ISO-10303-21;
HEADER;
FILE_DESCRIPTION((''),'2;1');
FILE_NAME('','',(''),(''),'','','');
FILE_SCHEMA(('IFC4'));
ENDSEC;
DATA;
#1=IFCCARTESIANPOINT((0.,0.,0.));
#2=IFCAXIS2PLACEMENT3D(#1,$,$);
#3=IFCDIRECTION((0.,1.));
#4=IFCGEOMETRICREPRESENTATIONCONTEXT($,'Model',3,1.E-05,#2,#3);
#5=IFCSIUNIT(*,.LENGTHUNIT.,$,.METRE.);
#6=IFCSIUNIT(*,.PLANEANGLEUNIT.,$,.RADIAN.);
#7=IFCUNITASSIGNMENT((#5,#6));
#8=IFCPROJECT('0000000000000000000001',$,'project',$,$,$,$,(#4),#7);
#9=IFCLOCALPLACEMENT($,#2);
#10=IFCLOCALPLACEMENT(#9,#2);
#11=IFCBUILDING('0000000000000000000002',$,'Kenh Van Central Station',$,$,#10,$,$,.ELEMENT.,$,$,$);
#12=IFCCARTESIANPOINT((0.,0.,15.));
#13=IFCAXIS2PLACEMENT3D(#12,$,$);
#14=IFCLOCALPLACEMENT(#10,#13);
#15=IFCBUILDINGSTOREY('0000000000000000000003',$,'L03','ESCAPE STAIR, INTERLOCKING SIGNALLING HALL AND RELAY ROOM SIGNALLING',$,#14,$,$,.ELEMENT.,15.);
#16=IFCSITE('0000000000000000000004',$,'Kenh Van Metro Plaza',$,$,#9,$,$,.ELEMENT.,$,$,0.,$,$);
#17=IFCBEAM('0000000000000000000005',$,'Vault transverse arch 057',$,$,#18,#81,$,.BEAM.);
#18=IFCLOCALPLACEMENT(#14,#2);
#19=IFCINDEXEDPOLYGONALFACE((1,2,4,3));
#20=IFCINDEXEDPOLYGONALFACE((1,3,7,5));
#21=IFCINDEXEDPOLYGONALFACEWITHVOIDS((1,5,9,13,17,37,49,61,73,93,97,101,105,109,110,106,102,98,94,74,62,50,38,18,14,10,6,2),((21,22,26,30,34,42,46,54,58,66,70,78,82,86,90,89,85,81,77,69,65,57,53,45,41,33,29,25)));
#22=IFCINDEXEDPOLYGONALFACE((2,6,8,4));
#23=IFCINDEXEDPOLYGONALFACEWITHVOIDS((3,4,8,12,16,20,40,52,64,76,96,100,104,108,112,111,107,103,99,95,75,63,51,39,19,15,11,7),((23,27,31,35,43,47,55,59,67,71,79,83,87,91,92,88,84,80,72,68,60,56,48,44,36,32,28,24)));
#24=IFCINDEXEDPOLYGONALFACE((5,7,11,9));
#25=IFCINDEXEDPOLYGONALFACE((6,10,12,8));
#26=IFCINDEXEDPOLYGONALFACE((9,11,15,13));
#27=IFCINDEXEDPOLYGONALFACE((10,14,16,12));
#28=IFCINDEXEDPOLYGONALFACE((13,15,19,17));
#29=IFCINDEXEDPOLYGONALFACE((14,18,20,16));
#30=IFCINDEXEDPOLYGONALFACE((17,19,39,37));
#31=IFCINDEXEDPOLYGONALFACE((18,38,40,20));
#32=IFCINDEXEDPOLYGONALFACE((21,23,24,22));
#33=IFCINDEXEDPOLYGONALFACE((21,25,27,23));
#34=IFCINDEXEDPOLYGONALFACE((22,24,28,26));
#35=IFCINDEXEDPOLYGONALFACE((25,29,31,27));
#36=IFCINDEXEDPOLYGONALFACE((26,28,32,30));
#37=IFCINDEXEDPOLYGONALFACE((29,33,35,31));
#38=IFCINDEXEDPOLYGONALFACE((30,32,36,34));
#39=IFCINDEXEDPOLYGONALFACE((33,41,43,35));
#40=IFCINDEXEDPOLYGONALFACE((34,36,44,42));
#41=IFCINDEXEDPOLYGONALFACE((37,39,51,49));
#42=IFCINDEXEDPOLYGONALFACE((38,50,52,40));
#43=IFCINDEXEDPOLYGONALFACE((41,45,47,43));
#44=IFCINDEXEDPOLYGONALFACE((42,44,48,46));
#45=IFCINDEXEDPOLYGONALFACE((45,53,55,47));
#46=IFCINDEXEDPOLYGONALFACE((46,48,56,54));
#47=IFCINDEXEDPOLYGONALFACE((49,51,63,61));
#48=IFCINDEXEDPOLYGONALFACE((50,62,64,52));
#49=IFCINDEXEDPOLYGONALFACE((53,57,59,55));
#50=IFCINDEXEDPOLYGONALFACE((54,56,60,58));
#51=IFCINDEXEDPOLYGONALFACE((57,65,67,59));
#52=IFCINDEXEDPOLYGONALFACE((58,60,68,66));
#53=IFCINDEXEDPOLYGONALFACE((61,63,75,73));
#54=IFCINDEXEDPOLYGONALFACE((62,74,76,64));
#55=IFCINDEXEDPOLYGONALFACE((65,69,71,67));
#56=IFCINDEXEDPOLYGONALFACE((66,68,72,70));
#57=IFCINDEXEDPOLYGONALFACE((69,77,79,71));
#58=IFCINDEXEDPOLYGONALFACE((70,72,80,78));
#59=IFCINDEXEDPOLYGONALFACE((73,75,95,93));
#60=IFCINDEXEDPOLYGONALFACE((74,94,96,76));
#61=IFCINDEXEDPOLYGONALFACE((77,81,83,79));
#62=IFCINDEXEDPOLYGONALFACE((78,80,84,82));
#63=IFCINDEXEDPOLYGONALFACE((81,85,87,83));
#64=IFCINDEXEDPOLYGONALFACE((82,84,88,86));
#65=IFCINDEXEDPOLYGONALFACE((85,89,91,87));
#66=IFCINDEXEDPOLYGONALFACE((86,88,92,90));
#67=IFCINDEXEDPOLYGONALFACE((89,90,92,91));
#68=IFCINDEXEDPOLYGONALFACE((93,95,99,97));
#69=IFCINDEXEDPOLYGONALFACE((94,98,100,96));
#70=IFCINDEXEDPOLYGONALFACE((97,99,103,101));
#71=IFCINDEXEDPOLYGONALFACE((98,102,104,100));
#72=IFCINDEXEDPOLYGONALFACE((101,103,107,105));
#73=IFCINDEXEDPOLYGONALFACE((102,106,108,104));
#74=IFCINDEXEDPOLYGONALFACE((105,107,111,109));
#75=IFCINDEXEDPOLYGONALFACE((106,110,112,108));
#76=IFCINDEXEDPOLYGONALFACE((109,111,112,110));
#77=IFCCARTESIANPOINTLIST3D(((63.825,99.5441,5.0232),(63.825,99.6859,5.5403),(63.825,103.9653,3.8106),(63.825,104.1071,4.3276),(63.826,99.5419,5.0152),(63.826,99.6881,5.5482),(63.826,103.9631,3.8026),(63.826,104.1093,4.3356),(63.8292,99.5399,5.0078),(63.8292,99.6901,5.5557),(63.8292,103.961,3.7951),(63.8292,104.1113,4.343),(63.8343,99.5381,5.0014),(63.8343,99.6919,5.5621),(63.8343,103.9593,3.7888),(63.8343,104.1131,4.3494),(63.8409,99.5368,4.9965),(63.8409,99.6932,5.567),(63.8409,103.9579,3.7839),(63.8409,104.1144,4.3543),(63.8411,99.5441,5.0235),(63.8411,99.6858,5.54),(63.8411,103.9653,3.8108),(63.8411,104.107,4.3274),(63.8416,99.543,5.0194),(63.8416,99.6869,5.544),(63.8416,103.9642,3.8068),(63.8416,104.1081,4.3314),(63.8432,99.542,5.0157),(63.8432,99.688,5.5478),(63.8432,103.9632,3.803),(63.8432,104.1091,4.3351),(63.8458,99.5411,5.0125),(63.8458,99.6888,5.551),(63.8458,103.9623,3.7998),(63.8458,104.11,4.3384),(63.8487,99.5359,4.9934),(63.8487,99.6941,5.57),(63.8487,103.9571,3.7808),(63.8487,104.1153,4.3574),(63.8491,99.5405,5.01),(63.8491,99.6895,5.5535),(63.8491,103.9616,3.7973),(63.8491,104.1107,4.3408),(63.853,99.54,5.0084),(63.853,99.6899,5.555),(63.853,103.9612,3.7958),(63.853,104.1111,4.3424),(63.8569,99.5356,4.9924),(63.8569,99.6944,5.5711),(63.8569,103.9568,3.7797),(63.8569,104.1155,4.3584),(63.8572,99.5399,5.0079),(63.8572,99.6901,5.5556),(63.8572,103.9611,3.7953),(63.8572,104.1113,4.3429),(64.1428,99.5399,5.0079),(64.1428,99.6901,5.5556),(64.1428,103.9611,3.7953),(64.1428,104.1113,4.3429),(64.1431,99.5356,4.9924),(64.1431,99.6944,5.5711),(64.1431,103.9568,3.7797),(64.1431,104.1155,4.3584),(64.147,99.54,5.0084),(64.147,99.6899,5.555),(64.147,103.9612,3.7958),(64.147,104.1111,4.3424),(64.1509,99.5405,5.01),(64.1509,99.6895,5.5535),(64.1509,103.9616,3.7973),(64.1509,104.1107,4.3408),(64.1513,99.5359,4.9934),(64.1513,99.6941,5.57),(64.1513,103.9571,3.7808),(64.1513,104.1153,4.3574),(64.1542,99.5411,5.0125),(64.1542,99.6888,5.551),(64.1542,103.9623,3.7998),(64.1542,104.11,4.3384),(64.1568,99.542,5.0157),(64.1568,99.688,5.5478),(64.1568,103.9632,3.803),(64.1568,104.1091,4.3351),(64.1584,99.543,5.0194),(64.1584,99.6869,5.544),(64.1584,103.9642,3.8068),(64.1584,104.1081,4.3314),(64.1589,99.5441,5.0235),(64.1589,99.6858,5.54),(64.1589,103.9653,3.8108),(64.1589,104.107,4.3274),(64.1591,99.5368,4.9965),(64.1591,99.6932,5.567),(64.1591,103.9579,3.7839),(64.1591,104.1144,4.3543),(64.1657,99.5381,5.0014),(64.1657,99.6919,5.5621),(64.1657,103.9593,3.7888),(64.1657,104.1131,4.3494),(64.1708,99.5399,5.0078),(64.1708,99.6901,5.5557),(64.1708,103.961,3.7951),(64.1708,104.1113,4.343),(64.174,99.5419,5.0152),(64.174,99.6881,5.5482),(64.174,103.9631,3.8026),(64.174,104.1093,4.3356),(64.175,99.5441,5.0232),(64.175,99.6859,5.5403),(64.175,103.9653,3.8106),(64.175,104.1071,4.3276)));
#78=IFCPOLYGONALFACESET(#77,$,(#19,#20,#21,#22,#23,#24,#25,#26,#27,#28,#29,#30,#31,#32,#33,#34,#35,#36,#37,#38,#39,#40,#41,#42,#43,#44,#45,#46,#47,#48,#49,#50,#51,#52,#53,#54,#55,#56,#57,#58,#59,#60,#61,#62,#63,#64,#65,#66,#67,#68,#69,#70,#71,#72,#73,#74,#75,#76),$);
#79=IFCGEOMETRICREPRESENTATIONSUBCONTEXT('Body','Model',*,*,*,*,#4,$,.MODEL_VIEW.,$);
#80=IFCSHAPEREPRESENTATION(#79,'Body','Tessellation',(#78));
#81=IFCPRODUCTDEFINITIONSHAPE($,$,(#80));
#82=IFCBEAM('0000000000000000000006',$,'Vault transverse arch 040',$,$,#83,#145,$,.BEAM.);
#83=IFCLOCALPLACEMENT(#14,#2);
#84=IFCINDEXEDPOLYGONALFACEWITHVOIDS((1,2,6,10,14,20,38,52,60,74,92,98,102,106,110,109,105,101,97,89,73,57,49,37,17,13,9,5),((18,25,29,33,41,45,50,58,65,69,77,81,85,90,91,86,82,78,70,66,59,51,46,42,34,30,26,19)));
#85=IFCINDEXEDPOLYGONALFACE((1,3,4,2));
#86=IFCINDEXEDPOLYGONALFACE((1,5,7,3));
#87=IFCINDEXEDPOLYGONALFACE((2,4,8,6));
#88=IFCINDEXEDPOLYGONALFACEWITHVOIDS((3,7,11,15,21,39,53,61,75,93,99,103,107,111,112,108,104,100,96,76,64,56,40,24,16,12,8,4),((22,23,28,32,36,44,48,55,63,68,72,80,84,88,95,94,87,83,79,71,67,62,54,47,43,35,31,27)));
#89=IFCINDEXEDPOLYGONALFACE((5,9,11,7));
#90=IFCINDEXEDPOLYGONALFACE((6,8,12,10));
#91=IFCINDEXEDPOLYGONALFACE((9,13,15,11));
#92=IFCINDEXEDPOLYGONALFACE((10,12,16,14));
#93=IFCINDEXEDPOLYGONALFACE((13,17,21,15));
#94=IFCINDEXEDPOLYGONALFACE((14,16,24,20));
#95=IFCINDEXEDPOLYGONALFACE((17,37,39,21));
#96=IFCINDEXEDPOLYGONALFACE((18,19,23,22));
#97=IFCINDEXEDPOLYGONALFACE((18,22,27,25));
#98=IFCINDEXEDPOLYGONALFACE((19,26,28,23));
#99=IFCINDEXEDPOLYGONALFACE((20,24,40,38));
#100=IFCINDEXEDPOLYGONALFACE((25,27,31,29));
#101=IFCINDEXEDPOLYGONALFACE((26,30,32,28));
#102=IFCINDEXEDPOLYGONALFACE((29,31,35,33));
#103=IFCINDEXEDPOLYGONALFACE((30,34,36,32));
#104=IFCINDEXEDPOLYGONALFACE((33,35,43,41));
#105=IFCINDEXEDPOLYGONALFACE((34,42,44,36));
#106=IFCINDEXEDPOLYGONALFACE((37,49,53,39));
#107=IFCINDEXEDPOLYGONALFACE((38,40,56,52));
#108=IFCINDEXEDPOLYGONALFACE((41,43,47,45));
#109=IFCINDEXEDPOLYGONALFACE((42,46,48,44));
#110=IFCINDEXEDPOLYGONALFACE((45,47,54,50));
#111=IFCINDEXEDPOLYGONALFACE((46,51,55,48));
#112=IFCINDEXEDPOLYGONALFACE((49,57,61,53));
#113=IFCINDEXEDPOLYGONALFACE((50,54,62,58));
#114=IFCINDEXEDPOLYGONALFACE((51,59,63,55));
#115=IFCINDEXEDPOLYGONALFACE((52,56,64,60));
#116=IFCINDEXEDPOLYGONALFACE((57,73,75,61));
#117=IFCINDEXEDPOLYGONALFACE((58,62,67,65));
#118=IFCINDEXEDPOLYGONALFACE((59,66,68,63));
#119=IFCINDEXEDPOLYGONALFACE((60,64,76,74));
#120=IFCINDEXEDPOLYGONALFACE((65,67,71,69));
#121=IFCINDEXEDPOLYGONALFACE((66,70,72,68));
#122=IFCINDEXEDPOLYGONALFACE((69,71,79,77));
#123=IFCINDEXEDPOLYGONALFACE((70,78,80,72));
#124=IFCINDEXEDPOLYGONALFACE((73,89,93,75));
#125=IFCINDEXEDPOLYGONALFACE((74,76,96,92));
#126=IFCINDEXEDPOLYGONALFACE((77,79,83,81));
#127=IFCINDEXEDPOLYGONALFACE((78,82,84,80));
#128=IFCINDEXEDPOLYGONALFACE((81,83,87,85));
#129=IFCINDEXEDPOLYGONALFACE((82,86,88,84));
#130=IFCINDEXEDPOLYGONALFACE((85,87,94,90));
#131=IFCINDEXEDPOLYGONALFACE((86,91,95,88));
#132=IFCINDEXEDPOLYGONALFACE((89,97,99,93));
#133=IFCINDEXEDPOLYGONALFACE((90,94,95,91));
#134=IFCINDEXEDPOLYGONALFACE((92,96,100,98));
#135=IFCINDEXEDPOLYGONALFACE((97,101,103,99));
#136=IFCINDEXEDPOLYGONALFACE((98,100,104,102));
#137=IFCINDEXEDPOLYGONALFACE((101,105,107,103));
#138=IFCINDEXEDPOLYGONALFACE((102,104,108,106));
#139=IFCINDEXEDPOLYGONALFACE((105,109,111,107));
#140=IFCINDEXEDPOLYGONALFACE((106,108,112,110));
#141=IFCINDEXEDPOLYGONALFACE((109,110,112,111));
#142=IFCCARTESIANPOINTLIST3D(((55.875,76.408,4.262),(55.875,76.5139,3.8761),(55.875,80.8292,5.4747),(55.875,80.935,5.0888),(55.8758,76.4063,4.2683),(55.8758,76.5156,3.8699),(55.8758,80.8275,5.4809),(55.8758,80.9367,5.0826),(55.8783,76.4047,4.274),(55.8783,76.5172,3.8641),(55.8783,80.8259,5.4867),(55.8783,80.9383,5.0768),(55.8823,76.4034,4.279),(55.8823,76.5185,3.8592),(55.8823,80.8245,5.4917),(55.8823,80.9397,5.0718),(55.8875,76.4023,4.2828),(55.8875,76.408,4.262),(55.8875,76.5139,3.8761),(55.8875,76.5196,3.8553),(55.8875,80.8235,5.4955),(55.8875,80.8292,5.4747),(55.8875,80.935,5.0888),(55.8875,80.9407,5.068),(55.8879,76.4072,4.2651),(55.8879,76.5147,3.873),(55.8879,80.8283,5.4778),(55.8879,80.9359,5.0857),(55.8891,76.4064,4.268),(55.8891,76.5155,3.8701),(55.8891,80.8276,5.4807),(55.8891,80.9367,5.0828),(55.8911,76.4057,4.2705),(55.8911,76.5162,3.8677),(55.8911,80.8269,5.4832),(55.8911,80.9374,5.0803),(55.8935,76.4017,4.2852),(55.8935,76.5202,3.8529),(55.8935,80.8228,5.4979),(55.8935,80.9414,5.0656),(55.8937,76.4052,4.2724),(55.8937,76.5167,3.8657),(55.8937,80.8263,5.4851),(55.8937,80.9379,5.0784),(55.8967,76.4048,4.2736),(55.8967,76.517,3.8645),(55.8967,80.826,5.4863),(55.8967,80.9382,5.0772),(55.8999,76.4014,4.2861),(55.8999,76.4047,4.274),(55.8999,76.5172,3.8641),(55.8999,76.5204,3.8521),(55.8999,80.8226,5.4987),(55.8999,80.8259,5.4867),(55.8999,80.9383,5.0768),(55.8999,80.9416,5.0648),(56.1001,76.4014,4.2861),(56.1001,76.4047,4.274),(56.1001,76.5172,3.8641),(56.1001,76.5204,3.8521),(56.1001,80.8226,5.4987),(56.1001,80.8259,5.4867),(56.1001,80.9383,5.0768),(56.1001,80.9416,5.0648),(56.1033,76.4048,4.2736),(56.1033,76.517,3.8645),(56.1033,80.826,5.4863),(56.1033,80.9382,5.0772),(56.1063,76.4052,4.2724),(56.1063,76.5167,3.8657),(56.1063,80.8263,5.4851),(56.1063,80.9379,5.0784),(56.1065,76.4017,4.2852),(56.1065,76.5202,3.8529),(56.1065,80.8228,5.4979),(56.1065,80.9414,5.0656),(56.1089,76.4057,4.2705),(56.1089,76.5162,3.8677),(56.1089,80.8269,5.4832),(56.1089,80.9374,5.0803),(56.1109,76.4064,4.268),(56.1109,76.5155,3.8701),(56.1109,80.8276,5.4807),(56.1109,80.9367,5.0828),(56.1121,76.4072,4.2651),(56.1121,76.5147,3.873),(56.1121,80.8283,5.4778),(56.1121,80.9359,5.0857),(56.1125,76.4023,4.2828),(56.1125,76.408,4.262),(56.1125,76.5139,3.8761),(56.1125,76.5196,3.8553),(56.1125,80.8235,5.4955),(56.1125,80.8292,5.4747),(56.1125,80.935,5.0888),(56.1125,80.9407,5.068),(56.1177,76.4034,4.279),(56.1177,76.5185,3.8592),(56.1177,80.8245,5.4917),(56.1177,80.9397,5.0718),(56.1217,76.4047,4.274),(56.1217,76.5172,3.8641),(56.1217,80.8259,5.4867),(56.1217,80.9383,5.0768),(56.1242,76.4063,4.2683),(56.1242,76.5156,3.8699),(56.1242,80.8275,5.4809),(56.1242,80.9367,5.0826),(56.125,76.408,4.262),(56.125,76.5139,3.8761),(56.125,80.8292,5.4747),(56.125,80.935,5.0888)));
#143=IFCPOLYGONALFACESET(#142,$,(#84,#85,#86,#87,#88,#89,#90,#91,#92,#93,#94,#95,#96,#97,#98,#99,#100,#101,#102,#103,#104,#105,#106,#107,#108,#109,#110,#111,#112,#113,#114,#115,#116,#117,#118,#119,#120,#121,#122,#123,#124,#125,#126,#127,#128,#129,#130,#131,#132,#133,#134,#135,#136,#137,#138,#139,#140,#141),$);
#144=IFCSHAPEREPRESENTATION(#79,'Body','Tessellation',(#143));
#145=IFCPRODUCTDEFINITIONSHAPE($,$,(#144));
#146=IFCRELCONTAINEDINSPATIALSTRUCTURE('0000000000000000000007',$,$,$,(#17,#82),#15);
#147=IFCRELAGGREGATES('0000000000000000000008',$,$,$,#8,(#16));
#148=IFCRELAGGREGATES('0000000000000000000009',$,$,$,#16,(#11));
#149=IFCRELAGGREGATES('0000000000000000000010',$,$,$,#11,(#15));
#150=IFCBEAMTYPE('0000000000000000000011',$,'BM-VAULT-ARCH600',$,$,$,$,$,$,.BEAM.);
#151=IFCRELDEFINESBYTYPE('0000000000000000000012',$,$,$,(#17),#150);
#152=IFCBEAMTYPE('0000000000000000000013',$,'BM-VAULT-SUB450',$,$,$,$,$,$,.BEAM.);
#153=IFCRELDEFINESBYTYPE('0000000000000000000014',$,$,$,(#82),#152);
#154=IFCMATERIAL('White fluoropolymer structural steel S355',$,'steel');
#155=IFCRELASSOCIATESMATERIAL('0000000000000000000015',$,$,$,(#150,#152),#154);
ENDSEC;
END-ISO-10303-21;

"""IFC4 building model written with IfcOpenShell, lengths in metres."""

from ifc_helpers import new_model, si_unit, direction, frame, origin, origin_2d, place, context, subcontext, project, spatial, hollow_rectangle, extrude, material, material_profile, profile_set, type_object, element, save


model = new_model("IFC4")

# Units and contexts
model_context = context("Model", 3, precision=1e-05, world=origin(), true_north=direction((0.0, 1.0)))
body_context = subcontext(model_context, "Body", "Model", "MODEL_VIEW")
ifc_project = project(units=[si_unit("LENGTHUNIT", "METRE"), si_unit("PLANEANGLEUNIT", "RADIAN")], contexts=[model_context])

# Site, building, storey
site_placement = place(None, origin())
site = spatial("IfcSite", under=ifc_project, at=site_placement, Name="Kenh Van Metro Plaza", CompositionType="ELEMENT", RefElevation=0.0)
building_placement = place(site_placement, origin())
building = spatial("IfcBuilding", under=site, at=building_placement, Name="Kenh Van Central Station", CompositionType="ELEMENT")
storey_placement = place(building_placement, frame((0.0, 0.0, 15.0)))
storey = spatial("IfcBuildingStorey", under=building, at=storey_placement, Name="L03", Description="ESCAPE STAIR, INTERLOCKING SIGNALLING HALL AND RELAY ROOM SIGNALLING", CompositionType="ELEMENT", Elevation=15.0)

# Beams
ifc_material_1 = material(Name="White fluoropolymer structural steel S355", Category="steel")
ifc_material_profile_1 = material_profile(ifc_material_1, hollow_rectangle(XDim=0.3501, YDim=0.6001, WallThickness=0.0161, InnerFilletRadius=0.0161, OuterFilletRadius=0.032, at=origin_2d()), Name="RHS 600x350x16")
ifc_profile_set_1 = profile_set([ifc_material_profile_1], Name="White fluoropolymer structural steel S355")
beam_type_1 = type_object("IfcBeamType", Name="BM-VAULT-ARCH600", PredefinedType="BEAM", material=ifc_profile_set_1)
beam_1_placement = place(storey_placement, frame((64.0, 99.615, 5.2817), z_axis=(0.0, 0.964382, -0.264514), x_axis=(-1.0, 0.0, 0.0)))
element("IfcBeam", 1, at=beam_1_placement, inside=storey, type_object=beam_type_1, Name="Vault transverse arch 057", PredefinedType="BEAM", context=body_context, shape_type="SweptSolid", body=[
    extrude(hollow_rectangle(XDim=0.3501, YDim=0.6001, WallThickness=0.0161, InnerFilletRadius=0.0161, OuterFilletRadius=0.032, at=origin_2d()), origin(), (0.0, 0.0, 1.0), 4.5845),
])
ifc_material_profile_2 = material_profile(ifc_material_1, hollow_rectangle(XDim=0.25, YDim=0.45, WallThickness=0.0125, InnerFilletRadius=0.0125, OuterFilletRadius=0.0249, at=origin_2d()), Name="RHS 450x250x12.5")
ifc_profile_set_2 = profile_set([ifc_material_profile_2], Name="White fluoropolymer structural steel S355")
beam_type_2 = type_object("IfcBeamType", Name="BM-VAULT-SUB450", PredefinedType="BEAM", material=ifc_profile_set_2)
beam_2_placement = place(storey_placement, frame((56.0, 76.4609, 4.0691), z_axis=(0.0, 0.964382, 0.264514), x_axis=(-1.0, 0.0, 0.0)))
element("IfcBeam", 2, at=beam_2_placement, inside=storey, type_object=beam_type_2, Name="Vault transverse arch 040", PredefinedType="BEAM", context=body_context, shape_type="SweptSolid", body=[
    extrude(hollow_rectangle(XDim=0.25, YDim=0.45, WallThickness=0.0125, InnerFilletRadius=0.0125, OuterFilletRadius=0.0249, at=origin_2d()), origin(), (0.0, 0.0, 1.0), 4.5845),
])

save(model, "model.ifc")
